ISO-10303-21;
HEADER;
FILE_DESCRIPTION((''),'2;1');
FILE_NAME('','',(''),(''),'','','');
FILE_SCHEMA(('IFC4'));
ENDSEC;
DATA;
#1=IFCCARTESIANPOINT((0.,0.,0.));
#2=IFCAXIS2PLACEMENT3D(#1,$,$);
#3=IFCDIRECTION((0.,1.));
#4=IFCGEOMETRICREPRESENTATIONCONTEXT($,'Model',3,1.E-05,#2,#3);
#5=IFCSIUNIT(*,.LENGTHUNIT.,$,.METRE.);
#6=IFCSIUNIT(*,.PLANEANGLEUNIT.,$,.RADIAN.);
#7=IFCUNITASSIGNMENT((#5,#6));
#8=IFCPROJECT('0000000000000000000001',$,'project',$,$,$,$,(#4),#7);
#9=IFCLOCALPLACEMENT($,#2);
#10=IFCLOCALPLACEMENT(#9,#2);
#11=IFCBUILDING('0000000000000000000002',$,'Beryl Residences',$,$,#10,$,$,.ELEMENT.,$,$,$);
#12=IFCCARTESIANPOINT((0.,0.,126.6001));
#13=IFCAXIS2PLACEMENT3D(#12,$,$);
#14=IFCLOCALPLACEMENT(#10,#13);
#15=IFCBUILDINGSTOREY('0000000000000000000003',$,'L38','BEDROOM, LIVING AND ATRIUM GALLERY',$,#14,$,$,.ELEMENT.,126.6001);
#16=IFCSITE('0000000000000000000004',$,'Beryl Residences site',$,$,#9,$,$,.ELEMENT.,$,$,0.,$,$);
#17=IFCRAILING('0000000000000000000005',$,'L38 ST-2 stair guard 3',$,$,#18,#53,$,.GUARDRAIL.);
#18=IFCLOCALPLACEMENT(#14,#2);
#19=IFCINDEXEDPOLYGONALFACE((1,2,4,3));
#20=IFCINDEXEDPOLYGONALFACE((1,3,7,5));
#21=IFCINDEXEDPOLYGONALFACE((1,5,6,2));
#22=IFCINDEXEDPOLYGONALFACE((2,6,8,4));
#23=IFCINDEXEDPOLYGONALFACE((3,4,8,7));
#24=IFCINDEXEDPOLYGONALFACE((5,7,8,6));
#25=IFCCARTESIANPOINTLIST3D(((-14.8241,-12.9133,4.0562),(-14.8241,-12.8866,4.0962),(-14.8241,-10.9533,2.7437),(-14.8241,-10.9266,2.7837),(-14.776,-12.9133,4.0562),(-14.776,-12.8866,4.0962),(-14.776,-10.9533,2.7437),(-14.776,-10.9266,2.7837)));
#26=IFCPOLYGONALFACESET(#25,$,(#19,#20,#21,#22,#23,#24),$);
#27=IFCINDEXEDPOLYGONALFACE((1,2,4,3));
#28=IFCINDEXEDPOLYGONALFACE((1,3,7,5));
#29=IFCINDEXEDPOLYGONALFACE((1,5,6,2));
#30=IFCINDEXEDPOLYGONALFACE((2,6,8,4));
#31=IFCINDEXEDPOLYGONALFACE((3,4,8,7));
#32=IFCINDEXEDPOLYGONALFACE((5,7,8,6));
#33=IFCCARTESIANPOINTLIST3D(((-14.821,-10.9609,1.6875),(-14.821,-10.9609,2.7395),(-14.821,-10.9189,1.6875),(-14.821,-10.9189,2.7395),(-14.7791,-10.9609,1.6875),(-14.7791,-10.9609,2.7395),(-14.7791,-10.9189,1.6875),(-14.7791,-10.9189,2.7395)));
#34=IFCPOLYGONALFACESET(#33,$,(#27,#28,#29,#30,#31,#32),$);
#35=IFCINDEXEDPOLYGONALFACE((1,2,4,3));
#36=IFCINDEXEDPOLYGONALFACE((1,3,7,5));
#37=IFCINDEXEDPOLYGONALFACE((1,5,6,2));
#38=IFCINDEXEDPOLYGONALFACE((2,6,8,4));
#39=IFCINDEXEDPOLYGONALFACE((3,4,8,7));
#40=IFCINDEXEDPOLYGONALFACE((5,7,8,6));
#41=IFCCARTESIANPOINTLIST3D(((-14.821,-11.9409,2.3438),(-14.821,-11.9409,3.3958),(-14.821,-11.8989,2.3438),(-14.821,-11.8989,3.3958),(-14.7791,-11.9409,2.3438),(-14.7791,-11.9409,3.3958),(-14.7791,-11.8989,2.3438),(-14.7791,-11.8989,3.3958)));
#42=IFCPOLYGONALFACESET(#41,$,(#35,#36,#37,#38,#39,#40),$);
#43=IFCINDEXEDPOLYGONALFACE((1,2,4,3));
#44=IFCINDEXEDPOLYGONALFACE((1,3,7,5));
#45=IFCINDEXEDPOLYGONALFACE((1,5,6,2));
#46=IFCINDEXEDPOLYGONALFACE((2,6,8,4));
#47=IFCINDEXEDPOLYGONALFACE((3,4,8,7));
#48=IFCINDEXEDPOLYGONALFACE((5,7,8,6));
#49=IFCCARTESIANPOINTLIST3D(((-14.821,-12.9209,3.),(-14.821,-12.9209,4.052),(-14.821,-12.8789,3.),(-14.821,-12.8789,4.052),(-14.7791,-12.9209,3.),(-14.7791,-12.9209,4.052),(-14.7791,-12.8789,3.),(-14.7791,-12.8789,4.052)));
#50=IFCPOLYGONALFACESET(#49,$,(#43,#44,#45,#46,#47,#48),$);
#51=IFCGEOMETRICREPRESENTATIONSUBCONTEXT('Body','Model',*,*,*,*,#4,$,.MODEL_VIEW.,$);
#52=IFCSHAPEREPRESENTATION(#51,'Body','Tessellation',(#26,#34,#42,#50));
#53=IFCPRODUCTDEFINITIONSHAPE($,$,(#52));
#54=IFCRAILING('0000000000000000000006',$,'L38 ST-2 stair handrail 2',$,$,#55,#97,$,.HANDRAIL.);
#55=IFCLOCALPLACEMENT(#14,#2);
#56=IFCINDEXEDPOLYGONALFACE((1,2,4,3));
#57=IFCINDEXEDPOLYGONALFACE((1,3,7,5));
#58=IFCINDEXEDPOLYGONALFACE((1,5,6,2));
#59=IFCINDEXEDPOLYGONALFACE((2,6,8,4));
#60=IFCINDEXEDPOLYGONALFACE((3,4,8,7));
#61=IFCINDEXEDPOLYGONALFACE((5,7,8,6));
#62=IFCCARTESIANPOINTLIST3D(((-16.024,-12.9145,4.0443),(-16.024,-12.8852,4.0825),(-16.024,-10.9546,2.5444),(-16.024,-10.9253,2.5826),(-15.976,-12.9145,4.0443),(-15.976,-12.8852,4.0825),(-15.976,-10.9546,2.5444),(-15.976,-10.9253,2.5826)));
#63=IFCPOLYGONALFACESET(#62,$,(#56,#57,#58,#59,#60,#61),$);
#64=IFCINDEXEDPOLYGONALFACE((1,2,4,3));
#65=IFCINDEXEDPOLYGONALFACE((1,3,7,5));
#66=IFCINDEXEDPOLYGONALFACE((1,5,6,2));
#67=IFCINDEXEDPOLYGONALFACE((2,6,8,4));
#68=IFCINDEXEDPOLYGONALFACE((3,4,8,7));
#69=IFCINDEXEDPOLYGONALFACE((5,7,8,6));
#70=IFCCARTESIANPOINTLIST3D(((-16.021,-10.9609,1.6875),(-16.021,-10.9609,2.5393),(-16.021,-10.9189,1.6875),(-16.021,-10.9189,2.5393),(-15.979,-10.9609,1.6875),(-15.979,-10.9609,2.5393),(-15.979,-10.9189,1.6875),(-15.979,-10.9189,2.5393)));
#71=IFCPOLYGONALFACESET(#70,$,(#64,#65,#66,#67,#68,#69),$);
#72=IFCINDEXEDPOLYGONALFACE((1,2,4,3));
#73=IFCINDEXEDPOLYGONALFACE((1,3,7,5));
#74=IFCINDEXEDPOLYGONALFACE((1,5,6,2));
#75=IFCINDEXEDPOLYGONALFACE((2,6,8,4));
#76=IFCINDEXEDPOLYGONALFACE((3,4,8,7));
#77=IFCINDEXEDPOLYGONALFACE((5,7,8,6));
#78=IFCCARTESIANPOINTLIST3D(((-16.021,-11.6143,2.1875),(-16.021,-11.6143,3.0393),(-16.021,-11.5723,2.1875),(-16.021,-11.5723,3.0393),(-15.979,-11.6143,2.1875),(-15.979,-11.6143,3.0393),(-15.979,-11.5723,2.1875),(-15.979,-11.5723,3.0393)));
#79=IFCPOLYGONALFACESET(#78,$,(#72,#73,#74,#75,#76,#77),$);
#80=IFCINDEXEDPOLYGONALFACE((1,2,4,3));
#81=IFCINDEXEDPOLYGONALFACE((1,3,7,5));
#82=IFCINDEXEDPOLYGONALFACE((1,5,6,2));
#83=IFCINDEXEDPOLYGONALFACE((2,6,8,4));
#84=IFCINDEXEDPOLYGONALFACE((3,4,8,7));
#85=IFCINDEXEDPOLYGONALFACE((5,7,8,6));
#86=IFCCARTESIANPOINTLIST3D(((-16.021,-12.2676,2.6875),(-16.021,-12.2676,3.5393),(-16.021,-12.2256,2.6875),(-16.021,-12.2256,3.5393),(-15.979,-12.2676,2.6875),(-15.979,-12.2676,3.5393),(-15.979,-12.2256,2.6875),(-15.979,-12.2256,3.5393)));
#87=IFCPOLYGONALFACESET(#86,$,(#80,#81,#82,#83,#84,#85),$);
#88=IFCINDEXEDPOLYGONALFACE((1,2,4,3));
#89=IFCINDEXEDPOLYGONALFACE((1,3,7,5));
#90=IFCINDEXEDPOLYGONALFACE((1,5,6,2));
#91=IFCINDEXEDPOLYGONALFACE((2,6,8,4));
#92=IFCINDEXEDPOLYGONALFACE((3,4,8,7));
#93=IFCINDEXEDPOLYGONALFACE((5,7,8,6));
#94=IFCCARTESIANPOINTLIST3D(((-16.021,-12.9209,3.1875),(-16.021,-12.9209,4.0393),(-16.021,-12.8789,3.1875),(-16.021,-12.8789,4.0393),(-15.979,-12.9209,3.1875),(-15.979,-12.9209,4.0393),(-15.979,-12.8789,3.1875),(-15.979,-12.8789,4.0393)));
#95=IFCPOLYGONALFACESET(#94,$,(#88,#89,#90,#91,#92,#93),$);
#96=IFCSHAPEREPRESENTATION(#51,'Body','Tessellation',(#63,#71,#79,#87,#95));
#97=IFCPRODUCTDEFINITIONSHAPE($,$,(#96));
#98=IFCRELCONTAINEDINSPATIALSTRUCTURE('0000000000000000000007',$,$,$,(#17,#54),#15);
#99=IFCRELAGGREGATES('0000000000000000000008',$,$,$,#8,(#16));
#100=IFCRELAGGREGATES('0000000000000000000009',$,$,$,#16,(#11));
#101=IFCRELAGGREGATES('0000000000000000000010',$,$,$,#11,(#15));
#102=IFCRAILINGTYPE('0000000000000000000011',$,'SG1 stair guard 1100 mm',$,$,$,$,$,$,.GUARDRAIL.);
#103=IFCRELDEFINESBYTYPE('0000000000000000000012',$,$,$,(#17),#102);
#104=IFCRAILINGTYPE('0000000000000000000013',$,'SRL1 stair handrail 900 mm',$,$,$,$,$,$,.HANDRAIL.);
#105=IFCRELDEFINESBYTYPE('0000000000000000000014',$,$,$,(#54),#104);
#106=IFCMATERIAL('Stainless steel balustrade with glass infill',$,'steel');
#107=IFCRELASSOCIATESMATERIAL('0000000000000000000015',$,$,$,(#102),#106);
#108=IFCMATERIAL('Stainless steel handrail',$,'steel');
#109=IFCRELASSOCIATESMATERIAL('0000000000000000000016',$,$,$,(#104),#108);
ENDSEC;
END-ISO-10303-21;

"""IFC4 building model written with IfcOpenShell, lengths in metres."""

from ifc_helpers import new_model, si_unit, direction, frame, origin, origin_2d, place, context, subcontext, project, spatial, rectangle, extrude, material, type_object, element, save


model = new_model("IFC4")

# Units and contexts
model_context = context("Model", 3, precision=1e-05, world=origin(), true_north=direction((0.0, 1.0)))
body_context = subcontext(model_context, "Body", "Model", "MODEL_VIEW")
ifc_project = project(units=[si_unit("LENGTHUNIT", "METRE"), si_unit("PLANEANGLEUNIT", "RADIAN")], contexts=[model_context])

# Site, building, storey
site_placement = place(None, origin())
site = spatial("IfcSite", under=ifc_project, at=site_placement, Name="Beryl Residences site", CompositionType="ELEMENT", RefElevation=0.0)
building_placement = place(site_placement, origin())
building = spatial("IfcBuilding", under=site, at=building_placement, Name="Beryl Residences", CompositionType="ELEMENT")
storey_placement = place(building_placement, frame((0.0, 0.0, 126.6001)))
storey = spatial("IfcBuildingStorey", under=building, at=storey_placement, Name="L38", Description="BEDROOM, LIVING AND ATRIUM GALLERY", CompositionType="ELEMENT", Elevation=126.6001)

# Railings
ifc_material_1 = material(Name="Stainless steel balustrade with glass infill", Category="steel")
railing_type_1 = type_object("IfcRailingType", Name="SG1 stair guard 1100 mm", PredefinedType="GUARDRAIL", material=ifc_material_1)
railing_1_placement = place(storey_placement, frame((-14.8, -10.9399, 1.6875)))
element("IfcRailing", 1, at=railing_1_placement, inside=storey, type_object=railing_type_1, Name="L38 ST-2 stair guard 3", PredefinedType="GUARDRAIL", context=body_context, shape_type="SweptSolid", body=[
    extrude(rectangle(XDim=0.0481, YDim=0.0481, at=origin_2d()), frame((0.0, 0.0, 1.0762), z_axis=(0.0, -0.830902, 0.556419), x_axis=(1.0, 0.0, 0.0)), (0.0, 0.0, 1.0), 2.3589),
    extrude(rectangle(XDim=0.042, YDim=0.042, at=origin_2d()), origin(), (0.0, 0.0, 1.0), 1.052),
    extrude(rectangle(XDim=0.042, YDim=0.042, at=origin_2d()), frame((0.0, -0.98, 0.6562)), (0.0, 0.0, 1.0), 1.052),
    extrude(rectangle(XDim=0.042, YDim=0.042, at=origin_2d()), frame((0.0, -1.96, 1.3125)), (0.0, 0.0, 1.0), 1.052),
])
ifc_material_2 = material(Name="Stainless steel handrail", Category="steel")
railing_type_2 = type_object("IfcRailingType", Name="SRL1 stair handrail 900 mm", PredefinedType="HANDRAIL", material=ifc_material_2)
railing_2_placement = place(storey_placement, frame((-16.0, -10.9399, 1.6875)))
element("IfcRailing", 2, at=railing_2_placement, inside=storey, type_object=railing_type_2, Name="L38 ST-2 stair handrail 2", PredefinedType="HANDRAIL", context=body_context, shape_type="SweptSolid", body=[
    extrude(rectangle(XDim=0.0481, YDim=0.0481, at=origin_2d()), frame((0.0, 0.0, 0.876), z_axis=(0.0, -0.794122, 0.607758), x_axis=(1.0, 0.0, 0.0)), (0.0, 0.0, 1.0), 2.468),
    extrude(rectangle(XDim=0.042, YDim=0.042, at=origin_2d()), origin(), (0.0, 0.0, 1.0), 0.8518),
    extrude(rectangle(XDim=0.042, YDim=0.042, at=origin_2d()), frame((0.0, -0.6533, 0.5)), (0.0, 0.0, 1.0), 0.8518),
    extrude(rectangle(XDim=0.042, YDim=0.042, at=origin_2d()), frame((0.0, -1.3066, 1.0)), (0.0, 0.0, 1.0), 0.8518),
    extrude(rectangle(XDim=0.042, YDim=0.042, at=origin_2d()), frame((0.0, -1.96, 1.5)), (0.0, 0.0, 1.0), 0.8518),
])

save(model, "model.ifc")
